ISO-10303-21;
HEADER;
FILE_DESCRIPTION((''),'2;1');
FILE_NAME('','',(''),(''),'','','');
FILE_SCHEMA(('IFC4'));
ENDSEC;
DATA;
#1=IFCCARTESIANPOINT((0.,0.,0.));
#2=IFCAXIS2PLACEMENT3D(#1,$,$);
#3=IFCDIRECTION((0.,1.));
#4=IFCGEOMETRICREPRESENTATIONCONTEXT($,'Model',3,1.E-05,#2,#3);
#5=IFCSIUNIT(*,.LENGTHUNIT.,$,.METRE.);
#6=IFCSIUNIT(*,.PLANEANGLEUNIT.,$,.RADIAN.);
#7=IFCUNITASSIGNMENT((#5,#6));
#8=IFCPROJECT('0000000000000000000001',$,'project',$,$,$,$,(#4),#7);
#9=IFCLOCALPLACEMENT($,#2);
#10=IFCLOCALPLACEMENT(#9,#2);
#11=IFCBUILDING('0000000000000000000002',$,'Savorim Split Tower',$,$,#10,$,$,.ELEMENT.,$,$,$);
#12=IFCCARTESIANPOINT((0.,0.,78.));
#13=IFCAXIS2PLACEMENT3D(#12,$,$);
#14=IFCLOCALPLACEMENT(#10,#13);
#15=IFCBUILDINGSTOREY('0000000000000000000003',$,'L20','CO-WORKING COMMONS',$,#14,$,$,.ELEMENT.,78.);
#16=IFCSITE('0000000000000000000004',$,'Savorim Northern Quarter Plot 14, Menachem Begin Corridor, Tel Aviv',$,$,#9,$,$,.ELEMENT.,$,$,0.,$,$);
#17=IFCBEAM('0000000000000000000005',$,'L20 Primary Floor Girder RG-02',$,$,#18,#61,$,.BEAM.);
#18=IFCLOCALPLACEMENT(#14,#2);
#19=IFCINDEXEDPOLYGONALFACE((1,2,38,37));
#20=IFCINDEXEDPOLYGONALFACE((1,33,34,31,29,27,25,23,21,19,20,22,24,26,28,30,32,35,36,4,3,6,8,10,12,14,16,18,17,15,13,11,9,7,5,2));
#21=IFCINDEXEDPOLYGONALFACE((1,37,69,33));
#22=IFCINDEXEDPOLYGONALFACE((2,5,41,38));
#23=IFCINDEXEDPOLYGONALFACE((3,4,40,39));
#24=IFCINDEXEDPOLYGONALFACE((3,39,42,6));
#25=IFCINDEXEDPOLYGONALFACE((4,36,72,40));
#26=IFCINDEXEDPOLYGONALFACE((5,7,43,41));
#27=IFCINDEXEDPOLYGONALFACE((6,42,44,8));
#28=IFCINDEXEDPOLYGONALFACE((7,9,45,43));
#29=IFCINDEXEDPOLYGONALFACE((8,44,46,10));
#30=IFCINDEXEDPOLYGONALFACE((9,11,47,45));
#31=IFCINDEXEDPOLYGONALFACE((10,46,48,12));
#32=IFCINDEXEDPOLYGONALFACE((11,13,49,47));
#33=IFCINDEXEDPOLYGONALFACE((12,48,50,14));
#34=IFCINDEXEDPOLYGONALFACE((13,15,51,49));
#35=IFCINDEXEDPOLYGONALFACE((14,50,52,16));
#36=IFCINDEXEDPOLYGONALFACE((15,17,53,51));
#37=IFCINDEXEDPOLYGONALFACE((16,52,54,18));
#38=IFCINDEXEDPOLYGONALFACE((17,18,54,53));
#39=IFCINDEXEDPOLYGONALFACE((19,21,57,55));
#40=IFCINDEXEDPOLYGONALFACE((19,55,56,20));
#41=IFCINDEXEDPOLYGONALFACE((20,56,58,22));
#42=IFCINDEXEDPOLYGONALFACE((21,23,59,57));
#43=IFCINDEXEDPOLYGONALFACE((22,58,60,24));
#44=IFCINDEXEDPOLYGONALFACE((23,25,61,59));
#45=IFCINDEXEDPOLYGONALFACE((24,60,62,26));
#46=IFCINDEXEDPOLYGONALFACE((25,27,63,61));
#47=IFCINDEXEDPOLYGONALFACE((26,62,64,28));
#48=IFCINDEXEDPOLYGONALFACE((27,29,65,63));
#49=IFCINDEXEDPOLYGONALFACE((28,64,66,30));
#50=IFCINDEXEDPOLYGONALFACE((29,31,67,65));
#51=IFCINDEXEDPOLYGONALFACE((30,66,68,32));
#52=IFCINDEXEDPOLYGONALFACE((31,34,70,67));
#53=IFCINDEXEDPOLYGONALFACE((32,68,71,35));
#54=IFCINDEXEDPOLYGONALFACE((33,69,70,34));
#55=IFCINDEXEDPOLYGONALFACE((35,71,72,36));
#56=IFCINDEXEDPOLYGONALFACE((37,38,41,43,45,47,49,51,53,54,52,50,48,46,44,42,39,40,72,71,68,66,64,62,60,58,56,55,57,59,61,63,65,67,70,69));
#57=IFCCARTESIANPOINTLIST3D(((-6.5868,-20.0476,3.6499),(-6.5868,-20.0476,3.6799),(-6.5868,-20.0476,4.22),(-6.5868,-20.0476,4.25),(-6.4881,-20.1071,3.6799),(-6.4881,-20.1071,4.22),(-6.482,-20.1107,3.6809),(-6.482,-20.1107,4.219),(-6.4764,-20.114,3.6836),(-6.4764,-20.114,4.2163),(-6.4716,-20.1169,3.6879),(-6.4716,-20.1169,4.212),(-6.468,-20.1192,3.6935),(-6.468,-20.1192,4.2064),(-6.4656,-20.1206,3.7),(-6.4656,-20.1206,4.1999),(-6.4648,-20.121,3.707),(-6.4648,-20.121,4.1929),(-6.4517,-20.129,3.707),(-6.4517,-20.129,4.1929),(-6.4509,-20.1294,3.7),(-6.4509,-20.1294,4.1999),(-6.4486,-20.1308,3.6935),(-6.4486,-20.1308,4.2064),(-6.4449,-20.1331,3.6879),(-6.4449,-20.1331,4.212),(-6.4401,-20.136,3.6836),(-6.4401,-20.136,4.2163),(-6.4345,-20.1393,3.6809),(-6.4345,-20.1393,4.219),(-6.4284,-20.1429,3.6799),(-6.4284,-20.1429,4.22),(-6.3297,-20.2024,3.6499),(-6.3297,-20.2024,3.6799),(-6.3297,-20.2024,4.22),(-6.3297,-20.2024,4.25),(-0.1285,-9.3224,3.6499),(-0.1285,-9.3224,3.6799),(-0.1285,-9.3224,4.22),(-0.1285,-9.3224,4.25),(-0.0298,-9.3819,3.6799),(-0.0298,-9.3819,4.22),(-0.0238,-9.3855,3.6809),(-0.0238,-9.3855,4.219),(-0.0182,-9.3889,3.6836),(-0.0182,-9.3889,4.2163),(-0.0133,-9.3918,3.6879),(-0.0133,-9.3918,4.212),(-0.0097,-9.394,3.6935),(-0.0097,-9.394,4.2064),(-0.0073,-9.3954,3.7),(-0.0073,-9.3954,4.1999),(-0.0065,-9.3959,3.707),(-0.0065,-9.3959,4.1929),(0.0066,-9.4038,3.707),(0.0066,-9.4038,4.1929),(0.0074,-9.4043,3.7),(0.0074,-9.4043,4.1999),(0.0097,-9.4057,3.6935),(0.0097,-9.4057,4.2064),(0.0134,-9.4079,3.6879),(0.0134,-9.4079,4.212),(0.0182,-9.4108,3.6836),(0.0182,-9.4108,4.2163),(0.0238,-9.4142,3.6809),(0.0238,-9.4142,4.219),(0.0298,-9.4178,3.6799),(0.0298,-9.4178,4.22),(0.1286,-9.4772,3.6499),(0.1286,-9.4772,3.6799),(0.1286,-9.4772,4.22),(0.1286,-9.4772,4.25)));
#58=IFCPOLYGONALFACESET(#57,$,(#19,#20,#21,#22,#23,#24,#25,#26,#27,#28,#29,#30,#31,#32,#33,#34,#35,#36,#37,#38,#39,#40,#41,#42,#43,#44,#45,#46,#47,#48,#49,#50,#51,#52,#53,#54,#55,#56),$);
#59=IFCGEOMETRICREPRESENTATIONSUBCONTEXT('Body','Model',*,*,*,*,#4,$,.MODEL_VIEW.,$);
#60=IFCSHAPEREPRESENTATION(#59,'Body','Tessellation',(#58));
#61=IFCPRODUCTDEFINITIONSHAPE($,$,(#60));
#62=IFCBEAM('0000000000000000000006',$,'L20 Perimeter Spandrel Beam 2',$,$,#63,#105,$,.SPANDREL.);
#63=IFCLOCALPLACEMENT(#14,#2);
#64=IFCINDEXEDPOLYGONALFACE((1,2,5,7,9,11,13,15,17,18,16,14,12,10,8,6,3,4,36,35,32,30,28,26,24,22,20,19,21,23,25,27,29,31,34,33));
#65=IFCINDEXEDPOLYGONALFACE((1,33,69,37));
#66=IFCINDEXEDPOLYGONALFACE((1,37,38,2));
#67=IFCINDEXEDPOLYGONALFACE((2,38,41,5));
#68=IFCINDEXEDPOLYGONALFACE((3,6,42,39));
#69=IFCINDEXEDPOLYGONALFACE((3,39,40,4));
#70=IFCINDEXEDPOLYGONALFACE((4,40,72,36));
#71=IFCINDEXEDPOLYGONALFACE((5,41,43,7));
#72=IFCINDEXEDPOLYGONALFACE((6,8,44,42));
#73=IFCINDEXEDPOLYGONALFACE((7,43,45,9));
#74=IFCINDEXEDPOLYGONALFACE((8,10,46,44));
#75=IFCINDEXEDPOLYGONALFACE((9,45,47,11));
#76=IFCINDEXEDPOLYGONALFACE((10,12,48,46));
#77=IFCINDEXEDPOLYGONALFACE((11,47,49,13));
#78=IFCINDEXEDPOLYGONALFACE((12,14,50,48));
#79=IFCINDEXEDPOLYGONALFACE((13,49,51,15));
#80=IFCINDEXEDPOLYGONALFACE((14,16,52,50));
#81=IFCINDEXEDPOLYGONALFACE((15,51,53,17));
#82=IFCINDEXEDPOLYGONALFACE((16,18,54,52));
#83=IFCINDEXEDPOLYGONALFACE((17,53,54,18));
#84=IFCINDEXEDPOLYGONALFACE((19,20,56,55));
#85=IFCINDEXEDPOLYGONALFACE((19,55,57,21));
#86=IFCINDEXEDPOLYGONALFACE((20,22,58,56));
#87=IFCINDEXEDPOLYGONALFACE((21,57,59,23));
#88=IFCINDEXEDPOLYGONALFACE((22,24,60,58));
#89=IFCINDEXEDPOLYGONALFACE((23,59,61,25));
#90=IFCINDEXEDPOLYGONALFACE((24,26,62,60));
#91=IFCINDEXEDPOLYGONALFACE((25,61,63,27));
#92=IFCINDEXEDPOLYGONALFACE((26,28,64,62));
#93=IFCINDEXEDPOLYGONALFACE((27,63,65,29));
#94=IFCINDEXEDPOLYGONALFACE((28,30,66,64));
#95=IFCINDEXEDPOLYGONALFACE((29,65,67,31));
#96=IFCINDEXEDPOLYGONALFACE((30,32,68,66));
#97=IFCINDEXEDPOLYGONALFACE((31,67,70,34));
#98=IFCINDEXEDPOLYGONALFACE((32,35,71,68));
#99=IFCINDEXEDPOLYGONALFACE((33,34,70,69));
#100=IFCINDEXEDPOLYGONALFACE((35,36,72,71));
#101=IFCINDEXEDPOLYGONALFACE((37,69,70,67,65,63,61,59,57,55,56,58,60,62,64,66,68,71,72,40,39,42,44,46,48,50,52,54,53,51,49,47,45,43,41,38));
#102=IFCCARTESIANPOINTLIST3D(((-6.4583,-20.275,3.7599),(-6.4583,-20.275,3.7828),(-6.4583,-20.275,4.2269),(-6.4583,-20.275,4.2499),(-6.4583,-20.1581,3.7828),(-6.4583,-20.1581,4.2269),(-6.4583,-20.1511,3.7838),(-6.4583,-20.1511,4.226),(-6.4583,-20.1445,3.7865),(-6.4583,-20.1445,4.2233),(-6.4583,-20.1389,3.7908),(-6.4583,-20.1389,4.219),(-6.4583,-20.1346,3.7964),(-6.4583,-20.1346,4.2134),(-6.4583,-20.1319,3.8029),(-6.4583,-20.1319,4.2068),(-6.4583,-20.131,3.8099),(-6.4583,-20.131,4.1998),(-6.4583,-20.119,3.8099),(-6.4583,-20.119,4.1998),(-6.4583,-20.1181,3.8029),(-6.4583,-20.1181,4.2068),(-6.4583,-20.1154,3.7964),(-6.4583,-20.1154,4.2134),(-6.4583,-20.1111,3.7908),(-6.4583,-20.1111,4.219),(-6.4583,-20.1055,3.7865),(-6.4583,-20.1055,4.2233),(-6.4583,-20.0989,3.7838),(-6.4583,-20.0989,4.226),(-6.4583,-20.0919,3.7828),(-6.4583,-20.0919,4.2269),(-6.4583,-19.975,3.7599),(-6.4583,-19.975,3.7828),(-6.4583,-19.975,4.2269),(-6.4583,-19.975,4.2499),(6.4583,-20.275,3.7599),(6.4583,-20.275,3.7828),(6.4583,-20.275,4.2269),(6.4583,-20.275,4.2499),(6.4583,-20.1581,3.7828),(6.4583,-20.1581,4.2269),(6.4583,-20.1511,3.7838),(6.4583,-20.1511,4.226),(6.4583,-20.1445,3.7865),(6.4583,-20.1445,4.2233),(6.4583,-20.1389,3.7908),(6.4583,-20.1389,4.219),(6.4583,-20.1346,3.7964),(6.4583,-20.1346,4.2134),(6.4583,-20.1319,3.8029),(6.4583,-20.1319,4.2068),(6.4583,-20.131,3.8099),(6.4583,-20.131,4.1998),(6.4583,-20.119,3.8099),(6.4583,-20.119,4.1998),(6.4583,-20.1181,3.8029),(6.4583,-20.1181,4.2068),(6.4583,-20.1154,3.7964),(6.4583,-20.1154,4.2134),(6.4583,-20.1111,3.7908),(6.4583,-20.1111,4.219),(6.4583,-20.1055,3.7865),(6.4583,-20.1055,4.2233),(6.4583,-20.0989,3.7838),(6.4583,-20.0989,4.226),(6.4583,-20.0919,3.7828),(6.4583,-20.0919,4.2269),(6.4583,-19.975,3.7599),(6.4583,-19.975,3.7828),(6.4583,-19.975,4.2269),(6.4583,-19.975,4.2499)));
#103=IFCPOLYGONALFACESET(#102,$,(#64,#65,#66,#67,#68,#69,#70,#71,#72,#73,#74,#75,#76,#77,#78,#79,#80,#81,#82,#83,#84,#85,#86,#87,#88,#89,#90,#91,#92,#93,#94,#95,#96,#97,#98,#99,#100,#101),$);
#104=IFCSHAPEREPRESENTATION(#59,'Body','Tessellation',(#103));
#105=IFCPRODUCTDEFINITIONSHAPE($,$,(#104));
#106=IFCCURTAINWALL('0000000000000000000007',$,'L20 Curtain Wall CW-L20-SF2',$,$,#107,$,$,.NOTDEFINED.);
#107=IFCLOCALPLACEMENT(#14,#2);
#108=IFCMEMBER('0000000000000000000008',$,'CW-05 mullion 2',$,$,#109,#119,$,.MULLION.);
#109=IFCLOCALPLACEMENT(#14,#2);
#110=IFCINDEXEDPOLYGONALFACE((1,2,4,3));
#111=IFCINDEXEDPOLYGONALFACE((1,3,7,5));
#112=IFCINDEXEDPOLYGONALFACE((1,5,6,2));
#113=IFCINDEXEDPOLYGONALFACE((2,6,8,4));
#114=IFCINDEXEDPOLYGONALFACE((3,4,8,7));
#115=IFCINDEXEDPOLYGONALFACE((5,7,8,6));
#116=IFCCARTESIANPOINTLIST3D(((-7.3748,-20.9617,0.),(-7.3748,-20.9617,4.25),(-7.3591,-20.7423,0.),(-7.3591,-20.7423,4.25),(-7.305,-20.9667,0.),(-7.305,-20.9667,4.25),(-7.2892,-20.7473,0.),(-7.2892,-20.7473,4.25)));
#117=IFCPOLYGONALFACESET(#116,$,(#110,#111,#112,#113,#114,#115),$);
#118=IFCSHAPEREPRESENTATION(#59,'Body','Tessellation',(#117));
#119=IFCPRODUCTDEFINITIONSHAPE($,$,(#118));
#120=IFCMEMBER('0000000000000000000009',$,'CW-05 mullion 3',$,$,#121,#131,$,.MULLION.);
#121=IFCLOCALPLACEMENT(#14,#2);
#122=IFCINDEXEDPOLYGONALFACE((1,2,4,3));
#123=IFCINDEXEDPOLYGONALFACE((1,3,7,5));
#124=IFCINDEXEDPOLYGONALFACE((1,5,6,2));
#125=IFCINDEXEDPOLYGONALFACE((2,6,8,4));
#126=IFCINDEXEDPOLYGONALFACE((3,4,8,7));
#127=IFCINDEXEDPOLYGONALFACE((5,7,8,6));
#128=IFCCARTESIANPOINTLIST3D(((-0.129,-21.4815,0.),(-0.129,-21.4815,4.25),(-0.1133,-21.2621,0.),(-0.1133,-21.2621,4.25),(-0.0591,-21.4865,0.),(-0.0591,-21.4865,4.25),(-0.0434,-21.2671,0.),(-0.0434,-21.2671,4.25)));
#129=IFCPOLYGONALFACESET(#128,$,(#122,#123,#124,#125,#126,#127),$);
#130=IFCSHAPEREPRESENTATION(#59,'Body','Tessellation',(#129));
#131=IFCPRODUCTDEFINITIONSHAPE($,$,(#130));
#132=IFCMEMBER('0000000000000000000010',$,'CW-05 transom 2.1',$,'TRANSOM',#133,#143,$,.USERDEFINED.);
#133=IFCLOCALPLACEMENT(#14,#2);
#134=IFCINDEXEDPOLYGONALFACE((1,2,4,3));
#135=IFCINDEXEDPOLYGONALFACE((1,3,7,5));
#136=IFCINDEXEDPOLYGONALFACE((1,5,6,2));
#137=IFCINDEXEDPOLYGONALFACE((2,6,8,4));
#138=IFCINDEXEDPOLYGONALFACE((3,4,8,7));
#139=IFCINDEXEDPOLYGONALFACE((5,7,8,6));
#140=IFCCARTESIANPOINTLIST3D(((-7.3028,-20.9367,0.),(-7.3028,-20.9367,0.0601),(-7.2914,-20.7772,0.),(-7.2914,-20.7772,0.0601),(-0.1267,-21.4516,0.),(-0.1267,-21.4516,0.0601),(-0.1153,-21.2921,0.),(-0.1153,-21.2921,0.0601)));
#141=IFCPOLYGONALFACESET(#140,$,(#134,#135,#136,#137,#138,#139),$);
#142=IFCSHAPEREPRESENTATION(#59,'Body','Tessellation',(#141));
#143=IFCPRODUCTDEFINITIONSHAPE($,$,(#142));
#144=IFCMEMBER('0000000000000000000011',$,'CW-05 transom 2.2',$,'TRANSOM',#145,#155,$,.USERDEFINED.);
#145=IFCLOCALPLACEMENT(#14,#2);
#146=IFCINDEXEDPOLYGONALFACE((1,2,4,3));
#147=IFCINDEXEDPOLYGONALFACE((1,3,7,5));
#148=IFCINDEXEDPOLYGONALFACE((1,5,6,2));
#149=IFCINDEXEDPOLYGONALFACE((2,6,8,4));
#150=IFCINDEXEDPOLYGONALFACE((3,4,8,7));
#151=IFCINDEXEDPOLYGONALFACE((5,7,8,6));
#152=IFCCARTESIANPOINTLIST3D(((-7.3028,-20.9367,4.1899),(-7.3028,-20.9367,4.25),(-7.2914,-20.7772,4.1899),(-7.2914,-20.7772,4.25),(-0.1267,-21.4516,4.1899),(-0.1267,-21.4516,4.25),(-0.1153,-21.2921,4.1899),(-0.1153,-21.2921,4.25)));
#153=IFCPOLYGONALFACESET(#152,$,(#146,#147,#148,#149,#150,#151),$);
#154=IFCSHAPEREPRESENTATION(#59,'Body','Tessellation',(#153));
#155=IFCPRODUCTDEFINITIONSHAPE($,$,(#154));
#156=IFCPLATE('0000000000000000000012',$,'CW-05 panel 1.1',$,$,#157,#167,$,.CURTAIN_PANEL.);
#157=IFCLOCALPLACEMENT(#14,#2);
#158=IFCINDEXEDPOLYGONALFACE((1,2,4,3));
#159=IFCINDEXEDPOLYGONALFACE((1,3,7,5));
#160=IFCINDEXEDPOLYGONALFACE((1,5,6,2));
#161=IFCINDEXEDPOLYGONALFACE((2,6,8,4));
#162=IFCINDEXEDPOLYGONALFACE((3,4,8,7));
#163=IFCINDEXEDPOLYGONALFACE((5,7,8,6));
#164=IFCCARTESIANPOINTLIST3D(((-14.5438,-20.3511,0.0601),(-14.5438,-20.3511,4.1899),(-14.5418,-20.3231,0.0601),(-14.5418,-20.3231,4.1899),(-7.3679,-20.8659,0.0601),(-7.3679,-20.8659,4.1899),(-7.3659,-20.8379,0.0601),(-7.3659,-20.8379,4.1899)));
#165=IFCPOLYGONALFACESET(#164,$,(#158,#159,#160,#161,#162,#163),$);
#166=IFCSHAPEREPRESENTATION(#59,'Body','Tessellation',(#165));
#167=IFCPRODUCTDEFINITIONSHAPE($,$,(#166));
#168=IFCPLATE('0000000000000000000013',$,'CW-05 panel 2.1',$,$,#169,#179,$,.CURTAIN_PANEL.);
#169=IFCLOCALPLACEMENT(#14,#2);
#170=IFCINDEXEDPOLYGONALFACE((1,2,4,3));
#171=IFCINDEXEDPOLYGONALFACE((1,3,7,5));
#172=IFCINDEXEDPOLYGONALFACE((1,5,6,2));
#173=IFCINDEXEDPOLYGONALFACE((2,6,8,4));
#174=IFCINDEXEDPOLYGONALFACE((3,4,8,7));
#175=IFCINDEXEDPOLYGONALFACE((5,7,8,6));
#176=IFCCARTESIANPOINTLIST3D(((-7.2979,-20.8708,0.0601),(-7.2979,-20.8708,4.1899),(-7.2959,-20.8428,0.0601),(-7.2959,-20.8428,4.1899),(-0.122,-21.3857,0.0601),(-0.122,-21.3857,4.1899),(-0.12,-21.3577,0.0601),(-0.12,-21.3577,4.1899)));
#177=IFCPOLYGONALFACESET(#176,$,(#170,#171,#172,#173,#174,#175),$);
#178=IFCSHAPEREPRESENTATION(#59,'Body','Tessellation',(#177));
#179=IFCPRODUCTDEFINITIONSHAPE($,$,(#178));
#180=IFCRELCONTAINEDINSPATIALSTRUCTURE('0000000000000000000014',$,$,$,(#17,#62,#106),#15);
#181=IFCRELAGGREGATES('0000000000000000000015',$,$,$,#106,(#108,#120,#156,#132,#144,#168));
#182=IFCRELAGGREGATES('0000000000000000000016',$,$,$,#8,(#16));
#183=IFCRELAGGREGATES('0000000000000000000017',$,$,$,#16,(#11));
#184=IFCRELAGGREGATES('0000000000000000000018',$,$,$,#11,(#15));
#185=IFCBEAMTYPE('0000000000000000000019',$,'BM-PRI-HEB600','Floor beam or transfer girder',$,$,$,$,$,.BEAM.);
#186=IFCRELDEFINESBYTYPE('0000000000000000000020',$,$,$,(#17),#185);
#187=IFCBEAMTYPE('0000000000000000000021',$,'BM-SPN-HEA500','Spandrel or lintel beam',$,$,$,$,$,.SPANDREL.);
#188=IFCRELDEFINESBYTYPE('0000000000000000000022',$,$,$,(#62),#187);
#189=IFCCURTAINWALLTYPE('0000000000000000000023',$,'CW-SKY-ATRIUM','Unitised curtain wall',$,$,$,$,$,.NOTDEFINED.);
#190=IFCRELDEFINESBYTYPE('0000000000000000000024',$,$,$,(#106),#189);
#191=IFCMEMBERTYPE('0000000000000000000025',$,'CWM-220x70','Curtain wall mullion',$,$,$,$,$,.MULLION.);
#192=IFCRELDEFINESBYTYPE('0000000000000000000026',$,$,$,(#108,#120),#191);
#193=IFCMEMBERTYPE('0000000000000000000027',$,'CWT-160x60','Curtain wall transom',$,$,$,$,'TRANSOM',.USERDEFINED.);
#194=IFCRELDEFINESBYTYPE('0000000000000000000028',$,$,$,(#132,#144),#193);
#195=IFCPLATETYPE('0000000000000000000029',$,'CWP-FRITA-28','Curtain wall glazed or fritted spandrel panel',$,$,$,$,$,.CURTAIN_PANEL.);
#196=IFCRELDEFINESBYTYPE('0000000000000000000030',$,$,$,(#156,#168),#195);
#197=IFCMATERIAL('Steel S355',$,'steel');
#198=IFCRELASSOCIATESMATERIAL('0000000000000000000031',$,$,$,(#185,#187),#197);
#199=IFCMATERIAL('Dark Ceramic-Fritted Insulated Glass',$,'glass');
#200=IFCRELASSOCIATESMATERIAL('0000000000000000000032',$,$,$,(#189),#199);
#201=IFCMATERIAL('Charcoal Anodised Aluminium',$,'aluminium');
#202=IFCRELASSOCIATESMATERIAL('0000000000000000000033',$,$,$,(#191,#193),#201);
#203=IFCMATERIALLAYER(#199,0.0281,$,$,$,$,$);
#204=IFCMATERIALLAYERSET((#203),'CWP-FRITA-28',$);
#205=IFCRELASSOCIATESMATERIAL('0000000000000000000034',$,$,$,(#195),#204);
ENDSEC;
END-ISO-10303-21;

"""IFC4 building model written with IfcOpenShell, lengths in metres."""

from ifc_helpers import new_model, si_unit, direction, frame, origin, origin_2d, place, context, subcontext, project, spatial, rectangle, i_section, extrude, material, layer, layer_set, material_profile, profile_set, type_object, element, aggregate, save


model = new_model("IFC4")

# Units and contexts
model_context = context("Model", 3, precision=1e-05, world=origin(), true_north=direction((0.0, 1.0)))
body_context = subcontext(model_context, "Body", "Model", "MODEL_VIEW")
ifc_project = project(units=[si_unit("LENGTHUNIT", "METRE"), si_unit("PLANEANGLEUNIT", "RADIAN")], contexts=[model_context])

# Site, building, storey
site_placement = place(None, origin())
site = spatial("IfcSite", under=ifc_project, at=site_placement, Name="Savorim Northern Quarter Plot 14, Menachem Begin Corridor, Tel Aviv", CompositionType="ELEMENT", RefElevation=0.0)
building_placement = place(site_placement, origin())
building = spatial("IfcBuilding", under=site, at=building_placement, Name="Savorim Split Tower", CompositionType="ELEMENT")
storey_placement = place(building_placement, frame((0.0, 0.0, 78.0)))
storey = spatial("IfcBuildingStorey", under=building, at=storey_placement, Name="L20", Description="CO-WORKING COMMONS", CompositionType="ELEMENT", Elevation=78.0)

# Beams
ifc_material_1 = material(Name="Steel S355", Category="steel")
ifc_material_profile_1 = material_profile(ifc_material_1, i_section(OverallWidth=0.3, OverallDepth=0.6001, WebThickness=0.0154, FlangeThickness=0.03, FilletRadius=0.0271, at=origin_2d()), Name="HEB 600")
ifc_profile_set_1 = profile_set([ifc_material_profile_1], Name="Steel S355")
beam_type_1 = type_object("IfcBeamType", Name="BM-PRI-HEB600", Description="Floor beam or transfer girder", PredefinedType="BEAM", material=ifc_profile_set_1)
beam_1_placement = place(storey_placement, frame((-6.4583, -20.125, 3.95), z_axis=(0.515857, 0.856675, 0.0), x_axis=(-0.856675, 0.515857, 0.0)))
element("IfcBeam", 1, at=beam_1_placement, inside=storey, type_object=beam_type_1, Name="L20 Primary Floor Girder RG-02", PredefinedType="BEAM", context=body_context, shape_type="SweptSolid", body=[
    extrude(i_section(OverallWidth=0.3, OverallDepth=0.6001, WebThickness=0.0154, FlangeThickness=0.03, FilletRadius=0.0271, at=origin_2d()), origin(), (0.0, 0.0, 1.0), 12.5195),
])
ifc_material_profile_2 = material_profile(ifc_material_1, i_section(OverallWidth=0.3, OverallDepth=0.49, WebThickness=0.012, FlangeThickness=0.0229, FilletRadius=0.0271, at=origin_2d()), Name="HEA 500")
ifc_profile_set_2 = profile_set([ifc_material_profile_2], Name="Steel S355")
beam_type_2 = type_object("IfcBeamType", Name="BM-SPN-HEA500", Description="Spandrel or lintel beam", PredefinedType="SPANDREL", material=ifc_profile_set_2)
beam_2_placement = place(storey_placement, frame((-6.4583, -20.125, 4.0049), z_axis=(1.0, 0.0, 0.0), x_axis=(0.0, 1.0, 0.0)))
element("IfcBeam", 2, at=beam_2_placement, inside=storey, type_object=beam_type_2, Name="L20 Perimeter Spandrel Beam 2", PredefinedType="SPANDREL", context=body_context, shape_type="SweptSolid", body=[
    extrude(i_section(OverallWidth=0.3, OverallDepth=0.49, WebThickness=0.012, FlangeThickness=0.0229, FilletRadius=0.0271, at=origin_2d()), origin(), (0.0, 0.0, 1.0), 12.9165),
])

# Curtain wall, members, plates
ifc_material_2 = material(Name="Dark Ceramic-Fritted Insulated Glass", Category="glass")
curtain_wall_type = type_object("IfcCurtainWallType", Name="CW-SKY-ATRIUM", Description="Unitised curtain wall", PredefinedType="NOTDEFINED", material=ifc_material_2)
curtain_wall_placement = place(storey_placement, origin())
curtain_wall = element("IfcCurtainWall", 3, at=curtain_wall_placement, inside=storey, type_object=curtain_wall_type, Name="L20 Curtain Wall CW-L20-SF2", PredefinedType="NOTDEFINED")
ifc_material_3 = material(Name="Charcoal Anodised Aluminium", Category="aluminium")
ifc_material_profile_3 = material_profile(ifc_material_3, rectangle(XDim=0.22, YDim=0.0701, at=origin_2d()), Name="ALU-M 220x70")
ifc_profile_set_3 = profile_set([ifc_material_profile_3], Name="Charcoal Anodised Aluminium")
member_type_1 = type_object("IfcMemberType", Name="CWM-220x70", Description="Curtain wall mullion", PredefinedType="MULLION", material=ifc_profile_set_3)
member_1_placement = place(storey_placement, frame((-7.332, -20.8545, 0.0), z_axis=(0.0, 0.0, 1.0), x_axis=(0.071561, 0.997436, 0.0)))
member_1 = element("IfcMember", 4, at=member_1_placement, type_object=member_type_1, Name="CW-05 mullion 2", PredefinedType="MULLION", context=body_context, shape_type="SweptSolid", body=[
    extrude(rectangle(XDim=0.22, YDim=0.0701, at=origin_2d()), origin(), (0.0, 0.0, 1.0), 4.25),
])
member_2_placement = place(storey_placement, frame((-0.0862, -21.3743, 0.0), z_axis=(0.0, 0.0, 1.0), x_axis=(0.071561, 0.997436, 0.0)))
member_2 = element("IfcMember", 5, at=member_2_placement, type_object=member_type_1, Name="CW-05 mullion 3", PredefinedType="MULLION", context=body_context, shape_type="SweptSolid", body=[
    extrude(rectangle(XDim=0.22, YDim=0.0701, at=origin_2d()), origin(), (0.0, 0.0, 1.0), 4.25),
])
ifc_material_profile_4 = material_profile(ifc_material_3, rectangle(XDim=0.1599, YDim=0.0601, at=origin_2d()), Name="ALU-T 160x60")
ifc_profile_set_4 = profile_set([ifc_material_profile_4], Name="Charcoal Anodised Aluminium")
member_type_2 = type_object("IfcMemberType", Name="CWT-160x60", Description="Curtain wall transom", ElementType="TRANSOM", PredefinedType="USERDEFINED", material=ifc_profile_set_4)
member_3_placement = place(storey_placement, frame((-7.2971, -20.8569, 0.03), z_axis=(0.997436, -0.071568, 0.0), x_axis=(0.071568, 0.997436, 0.0)))
member_3 = element("IfcMember", 6, at=member_3_placement, type_object=member_type_2, Name="CW-05 transom 2.1", ObjectType="TRANSOM", PredefinedType="USERDEFINED", context=body_context, shape_type="SweptSolid", body=[
    extrude(rectangle(XDim=0.1599, YDim=0.0601, at=origin_2d()), origin(), (0.0, 0.0, 1.0), 7.1946),
])
member_4_placement = place(storey_placement, frame((-7.2971, -20.8569, 4.22), z_axis=(0.997436, -0.071568, 0.0), x_axis=(0.071568, 0.997436, 0.0)))
member_4 = element("IfcMember", 7, at=member_4_placement, type_object=member_type_2, Name="CW-05 transom 2.2", ObjectType="TRANSOM", PredefinedType="USERDEFINED", context=body_context, shape_type="SweptSolid", body=[
    extrude(rectangle(XDim=0.1599, YDim=0.0601, at=origin_2d()), origin(), (0.0, 0.0, 1.0), 7.1946),
])
ifc_layer_1 = layer(ifc_material_2, 0.0281)
ifc_layer_set_1 = layer_set([ifc_layer_1], Name="CWP-FRITA-28")
plate_type = type_object("IfcPlateType", Name="CWP-FRITA-28", Description="Curtain wall glazed or fritted spandrel panel", PredefinedType="CURTAIN_PANEL", material=ifc_layer_set_1)
plate_1_placement = place(storey_placement, frame((-10.9548, -20.5945, 0.0601), z_axis=(0.0, 0.0, 1.0), x_axis=(0.997436, -0.071561, 0.0)))
plate_1 = element("IfcPlate", 8, at=plate_1_placement, type_object=plate_type, Name="CW-05 panel 1.1", PredefinedType="CURTAIN_PANEL", context=body_context, shape_type="SweptSolid", body=[
    extrude(rectangle(XDim=7.1943, YDim=0.0281, at=origin_2d()), origin(), (0.0, 0.0, 1.0), 4.1299),
])
plate_2_placement = place(storey_placement, frame((-3.709, -21.1143, 0.0601), z_axis=(0.0, 0.0, 1.0), x_axis=(0.997436, -0.071561, 0.0)))
plate_2 = element("IfcPlate", 9, at=plate_2_placement, type_object=plate_type, Name="CW-05 panel 2.1", PredefinedType="CURTAIN_PANEL", context=body_context, shape_type="SweptSolid", body=[
    extrude(rectangle(XDim=7.1943, YDim=0.0281, at=origin_2d()), origin(), (0.0, 0.0, 1.0), 4.1299),
])
aggregate(curtain_wall, [member_1, member_2, plate_1, member_3, member_4, plate_2])

save(model, "model.ifc")
